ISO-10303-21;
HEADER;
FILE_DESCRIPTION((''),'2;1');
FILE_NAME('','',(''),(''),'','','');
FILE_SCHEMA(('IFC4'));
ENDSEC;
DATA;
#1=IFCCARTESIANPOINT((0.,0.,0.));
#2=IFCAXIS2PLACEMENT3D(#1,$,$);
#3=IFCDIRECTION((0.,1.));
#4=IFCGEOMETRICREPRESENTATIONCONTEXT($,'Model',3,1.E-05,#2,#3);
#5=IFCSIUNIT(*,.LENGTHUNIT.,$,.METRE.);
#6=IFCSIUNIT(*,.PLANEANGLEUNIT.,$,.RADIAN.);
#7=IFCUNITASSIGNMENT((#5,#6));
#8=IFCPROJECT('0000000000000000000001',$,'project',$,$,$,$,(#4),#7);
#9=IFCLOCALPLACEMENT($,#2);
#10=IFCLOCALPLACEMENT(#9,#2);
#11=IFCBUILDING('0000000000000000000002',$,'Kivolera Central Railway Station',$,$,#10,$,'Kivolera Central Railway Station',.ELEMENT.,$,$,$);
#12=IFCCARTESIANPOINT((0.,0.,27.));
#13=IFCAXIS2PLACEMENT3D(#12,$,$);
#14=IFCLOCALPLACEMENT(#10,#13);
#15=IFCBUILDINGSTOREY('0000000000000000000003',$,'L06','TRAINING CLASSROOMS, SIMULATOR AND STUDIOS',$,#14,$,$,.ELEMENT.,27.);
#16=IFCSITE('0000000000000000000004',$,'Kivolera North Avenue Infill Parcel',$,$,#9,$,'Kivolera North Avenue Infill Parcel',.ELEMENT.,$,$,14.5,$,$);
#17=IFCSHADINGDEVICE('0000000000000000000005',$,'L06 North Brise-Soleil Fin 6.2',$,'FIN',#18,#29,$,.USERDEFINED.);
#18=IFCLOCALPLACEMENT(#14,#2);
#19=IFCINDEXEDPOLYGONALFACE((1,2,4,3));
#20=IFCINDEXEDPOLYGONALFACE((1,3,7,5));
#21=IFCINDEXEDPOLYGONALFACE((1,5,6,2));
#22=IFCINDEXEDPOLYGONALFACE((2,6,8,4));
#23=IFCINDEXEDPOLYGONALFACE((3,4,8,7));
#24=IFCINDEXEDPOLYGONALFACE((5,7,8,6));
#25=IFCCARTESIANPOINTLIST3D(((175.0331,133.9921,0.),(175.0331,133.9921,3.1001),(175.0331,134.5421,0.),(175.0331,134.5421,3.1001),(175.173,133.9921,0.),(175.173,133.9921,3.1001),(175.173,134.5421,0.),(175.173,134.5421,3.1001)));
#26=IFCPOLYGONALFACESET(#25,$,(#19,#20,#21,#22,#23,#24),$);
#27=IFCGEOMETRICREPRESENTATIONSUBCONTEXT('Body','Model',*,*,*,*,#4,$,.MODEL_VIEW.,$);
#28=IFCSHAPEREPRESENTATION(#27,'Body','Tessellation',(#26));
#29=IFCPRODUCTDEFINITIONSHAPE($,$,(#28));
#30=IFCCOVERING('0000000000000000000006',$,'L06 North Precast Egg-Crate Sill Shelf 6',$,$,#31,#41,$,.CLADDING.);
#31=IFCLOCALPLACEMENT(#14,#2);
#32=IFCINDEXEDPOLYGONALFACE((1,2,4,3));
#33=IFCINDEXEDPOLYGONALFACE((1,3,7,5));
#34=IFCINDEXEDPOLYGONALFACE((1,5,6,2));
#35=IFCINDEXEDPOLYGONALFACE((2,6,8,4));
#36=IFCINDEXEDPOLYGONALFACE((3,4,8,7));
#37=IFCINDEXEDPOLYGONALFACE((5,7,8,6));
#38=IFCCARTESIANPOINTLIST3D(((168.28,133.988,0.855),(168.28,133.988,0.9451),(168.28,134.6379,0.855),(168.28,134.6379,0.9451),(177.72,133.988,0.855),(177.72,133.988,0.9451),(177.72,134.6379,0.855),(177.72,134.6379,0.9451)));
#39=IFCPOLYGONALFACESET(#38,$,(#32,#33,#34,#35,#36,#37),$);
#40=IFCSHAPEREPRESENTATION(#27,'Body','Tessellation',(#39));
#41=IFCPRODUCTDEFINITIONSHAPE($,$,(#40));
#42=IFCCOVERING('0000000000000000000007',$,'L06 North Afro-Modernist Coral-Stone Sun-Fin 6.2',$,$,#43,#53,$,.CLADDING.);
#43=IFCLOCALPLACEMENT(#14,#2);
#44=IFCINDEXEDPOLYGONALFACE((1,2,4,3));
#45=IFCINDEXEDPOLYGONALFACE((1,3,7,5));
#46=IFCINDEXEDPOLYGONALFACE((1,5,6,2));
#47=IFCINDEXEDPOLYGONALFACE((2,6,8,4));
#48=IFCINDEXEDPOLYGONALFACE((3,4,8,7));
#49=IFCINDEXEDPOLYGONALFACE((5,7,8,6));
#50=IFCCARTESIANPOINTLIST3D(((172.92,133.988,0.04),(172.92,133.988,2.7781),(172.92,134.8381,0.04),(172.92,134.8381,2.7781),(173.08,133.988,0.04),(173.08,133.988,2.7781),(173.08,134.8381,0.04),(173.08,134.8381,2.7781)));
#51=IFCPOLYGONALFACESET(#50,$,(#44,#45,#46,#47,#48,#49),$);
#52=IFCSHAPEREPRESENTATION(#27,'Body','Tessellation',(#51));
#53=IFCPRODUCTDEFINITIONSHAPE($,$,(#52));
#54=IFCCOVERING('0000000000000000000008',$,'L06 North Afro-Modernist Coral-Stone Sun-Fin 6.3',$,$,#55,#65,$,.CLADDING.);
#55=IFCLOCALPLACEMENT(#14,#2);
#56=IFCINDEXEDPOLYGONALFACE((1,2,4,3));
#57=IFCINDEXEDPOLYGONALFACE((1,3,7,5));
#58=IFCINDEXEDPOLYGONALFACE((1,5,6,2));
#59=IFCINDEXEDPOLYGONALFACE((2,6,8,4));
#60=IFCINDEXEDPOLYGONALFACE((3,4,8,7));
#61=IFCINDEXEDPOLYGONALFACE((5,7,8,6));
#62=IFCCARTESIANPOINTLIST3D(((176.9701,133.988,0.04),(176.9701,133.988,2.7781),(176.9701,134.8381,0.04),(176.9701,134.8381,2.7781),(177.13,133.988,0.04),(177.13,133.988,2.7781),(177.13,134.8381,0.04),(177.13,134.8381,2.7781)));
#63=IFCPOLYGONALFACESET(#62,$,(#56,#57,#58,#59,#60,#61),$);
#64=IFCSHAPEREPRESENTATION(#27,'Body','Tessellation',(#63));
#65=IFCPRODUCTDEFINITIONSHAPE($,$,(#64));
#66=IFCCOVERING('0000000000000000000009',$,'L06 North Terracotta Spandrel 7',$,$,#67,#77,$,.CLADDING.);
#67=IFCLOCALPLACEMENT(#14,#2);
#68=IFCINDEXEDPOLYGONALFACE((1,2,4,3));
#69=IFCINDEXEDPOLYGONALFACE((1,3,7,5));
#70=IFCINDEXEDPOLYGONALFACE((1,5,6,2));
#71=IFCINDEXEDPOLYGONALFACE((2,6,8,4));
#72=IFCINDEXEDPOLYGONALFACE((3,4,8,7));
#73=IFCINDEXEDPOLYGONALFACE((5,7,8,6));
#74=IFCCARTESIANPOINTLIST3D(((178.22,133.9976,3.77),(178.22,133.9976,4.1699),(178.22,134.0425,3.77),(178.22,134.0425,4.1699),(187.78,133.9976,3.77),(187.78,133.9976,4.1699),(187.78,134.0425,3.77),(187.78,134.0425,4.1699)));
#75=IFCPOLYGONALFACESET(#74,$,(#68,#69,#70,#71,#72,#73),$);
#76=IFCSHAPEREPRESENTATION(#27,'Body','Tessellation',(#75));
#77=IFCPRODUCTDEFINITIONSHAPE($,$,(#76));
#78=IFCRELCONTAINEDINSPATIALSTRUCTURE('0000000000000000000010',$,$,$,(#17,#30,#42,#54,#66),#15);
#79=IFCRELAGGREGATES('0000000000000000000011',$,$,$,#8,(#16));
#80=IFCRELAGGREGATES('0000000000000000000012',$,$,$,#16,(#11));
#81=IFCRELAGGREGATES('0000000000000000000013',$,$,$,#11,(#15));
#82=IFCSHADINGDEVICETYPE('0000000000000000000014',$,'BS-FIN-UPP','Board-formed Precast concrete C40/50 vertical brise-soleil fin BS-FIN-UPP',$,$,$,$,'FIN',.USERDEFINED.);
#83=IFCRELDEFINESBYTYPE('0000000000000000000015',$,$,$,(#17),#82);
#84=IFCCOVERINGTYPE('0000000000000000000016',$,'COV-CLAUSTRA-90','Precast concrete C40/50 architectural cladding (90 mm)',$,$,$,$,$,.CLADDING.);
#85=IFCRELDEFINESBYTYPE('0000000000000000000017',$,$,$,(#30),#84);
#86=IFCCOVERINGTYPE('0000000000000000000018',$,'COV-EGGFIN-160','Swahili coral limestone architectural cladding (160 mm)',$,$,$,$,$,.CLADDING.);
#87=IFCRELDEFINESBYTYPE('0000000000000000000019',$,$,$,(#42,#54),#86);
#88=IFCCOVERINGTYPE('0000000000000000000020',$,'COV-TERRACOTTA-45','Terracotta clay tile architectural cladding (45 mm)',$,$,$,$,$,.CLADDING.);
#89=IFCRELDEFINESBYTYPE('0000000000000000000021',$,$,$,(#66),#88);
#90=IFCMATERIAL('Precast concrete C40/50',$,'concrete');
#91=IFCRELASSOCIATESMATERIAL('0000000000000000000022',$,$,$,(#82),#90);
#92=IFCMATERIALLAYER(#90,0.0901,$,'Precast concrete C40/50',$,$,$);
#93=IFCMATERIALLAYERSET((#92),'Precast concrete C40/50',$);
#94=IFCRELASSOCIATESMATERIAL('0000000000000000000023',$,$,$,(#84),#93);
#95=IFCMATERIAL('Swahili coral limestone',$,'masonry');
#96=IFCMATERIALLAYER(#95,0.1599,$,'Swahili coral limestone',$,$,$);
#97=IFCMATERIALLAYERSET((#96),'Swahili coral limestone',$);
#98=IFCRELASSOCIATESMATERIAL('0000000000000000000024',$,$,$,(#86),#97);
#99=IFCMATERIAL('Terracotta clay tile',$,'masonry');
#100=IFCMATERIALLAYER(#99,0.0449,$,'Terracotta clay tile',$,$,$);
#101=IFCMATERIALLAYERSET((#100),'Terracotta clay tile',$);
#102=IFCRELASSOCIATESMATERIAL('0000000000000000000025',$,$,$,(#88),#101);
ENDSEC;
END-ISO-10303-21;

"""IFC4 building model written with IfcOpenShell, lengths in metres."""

from ifc_helpers import new_model, si_unit, direction, frame, frame_2d, origin, origin_2d, place, context, subcontext, project, spatial, rectangle, extrude, material, layer, layer_set, type_object, element, save


model = new_model("IFC4")

# Units and contexts
model_context = context("Model", 3, precision=1e-05, world=origin(), true_north=direction((0.0, 1.0)))
body_context = subcontext(model_context, "Body", "Model", "MODEL_VIEW")
ifc_project = project(units=[si_unit("LENGTHUNIT", "METRE"), si_unit("PLANEANGLEUNIT", "RADIAN")], contexts=[model_context])

# Site, building, storey
site_placement = place(None, origin())
site = spatial("IfcSite", under=ifc_project, at=site_placement, Name="Kivolera North Avenue Infill Parcel", LongName="Kivolera North Avenue Infill Parcel", CompositionType="ELEMENT", RefElevation=14.5)
building_placement = place(site_placement, origin())
building = spatial("IfcBuilding", under=site, at=building_placement, Name="Kivolera Central Railway Station", LongName="Kivolera Central Railway Station", CompositionType="ELEMENT")
storey_placement = place(building_placement, frame((0.0, 0.0, 27.0)))
storey = spatial("IfcBuildingStorey", under=building, at=storey_placement, Name="L06", Description="TRAINING CLASSROOMS, SIMULATOR AND STUDIOS", CompositionType="ELEMENT", Elevation=27.0)

# Shared definitions
ifc_material_1 = material(Name="Swahili coral limestone", Category="masonry")

# Shading device
ifc_material_2 = material(Name="Precast concrete C40/50", Category="concrete")
shading_device_type = type_object("IfcShadingDeviceType", Name="BS-FIN-UPP", Description="Board-formed Precast concrete C40/50 vertical brise-soleil fin BS-FIN-UPP", ElementType="FIN", PredefinedType="USERDEFINED", material=ifc_material_2)
shading_device_placement = place(storey_placement, frame((175.103, 134.2671, 0.0), z_axis=(0.0, 0.0, 1.0), x_axis=(1.0, 0.0, 0.0)))
element("IfcShadingDevice", 1, at=shading_device_placement, inside=storey, type_object=shading_device_type, Name="L06 North Brise-Soleil Fin 6.2", ObjectType="FIN", PredefinedType="USERDEFINED", context=body_context, shape_type="SweptSolid", body=[
    extrude(rectangle(XDim=0.1399, YDim=0.55, at=origin_2d()), origin(), (0.0, 0.0, 1.0), 3.1001),
])

# Coverings
ifc_layer_1 = layer(ifc_material_2, 0.0901, Name="Precast concrete C40/50")
ifc_layer_set_1 = layer_set([ifc_layer_1], Name="Precast concrete C40/50")
covering_type_1 = type_object("IfcCoveringType", Name="COV-CLAUSTRA-90", Description="Precast concrete C40/50 architectural cladding (90 mm)", PredefinedType="CLADDING", material=ifc_layer_set_1)
covering_1_placement = place(storey_placement, frame((173.0, 134.313, 0.855), z_axis=(0.0, 0.0, 1.0), x_axis=(1.0, 0.0, 0.0)))
element("IfcCovering", 2, at=covering_1_placement, inside=storey, type_object=covering_type_1, Name="L06 North Precast Egg-Crate Sill Shelf 6", PredefinedType="CLADDING", context=body_context, shape_type="SweptSolid", body=[
    extrude(rectangle(XDim=9.4399, YDim=0.6499, at=origin_2d()), origin(), (0.0, 0.0, 1.0), 0.0901),
])
ifc_layer_2 = layer(ifc_material_1, 0.1599, Name="Swahili coral limestone")
ifc_layer_set_2 = layer_set([ifc_layer_2], Name="Swahili coral limestone")
covering_type_2 = type_object("IfcCoveringType", Name="COV-EGGFIN-160", Description="Swahili coral limestone architectural cladding (160 mm)", PredefinedType="CLADDING", material=ifc_layer_set_2)
for number, where, z_axis, x_axis, name in (
    (3, (173.0, 134.4131, 0.04), (0.0, 0.0, 1.0), (1.0, 0.0, 0.0), "L06 North Afro-Modernist Coral-Stone Sun-Fin 6.2"),
    (4, (177.05, 134.4131, 0.04), (0.0, 0.0, 1.0), (1.0, 0.0, 0.0), "L06 North Afro-Modernist Coral-Stone Sun-Fin 6.3"),
):
    element("IfcCovering", number, at=place(storey_placement, frame(where, z_axis=z_axis, x_axis=x_axis)), inside=storey, type_object=covering_type_2, Name=name, PredefinedType="CLADDING", context=body_context, shape_type="SweptSolid", body=[
        extrude(rectangle(XDim=0.1599, YDim=0.8501, at=origin_2d()), origin(), (0.0, 0.0, 1.0), 2.738),
    ])
ifc_material_3 = material(Name="Terracotta clay tile", Category="masonry")
ifc_layer_3 = layer(ifc_material_3, 0.0449, Name="Terracotta clay tile")
ifc_layer_set_3 = layer_set([ifc_layer_3], Name="Terracotta clay tile")
covering_type_3 = type_object("IfcCoveringType", Name="COV-TERRACOTTA-45", Description="Terracotta clay tile architectural cladding (45 mm)", PredefinedType="CLADDING", material=ifc_layer_set_3)
covering_2_placement = place(storey_placement, frame((178.22, 134.02, 3.77), z_axis=(0.0, 0.0, 1.0), x_axis=(1.0, 0.0, 0.0)))
element("IfcCovering", 5, at=covering_2_placement, inside=storey, type_object=covering_type_3, Name="L06 North Terracotta Spandrel 7", PredefinedType="CLADDING", context=body_context, shape_type="SweptSolid", body=[
    extrude(rectangle(XDim=9.5601, YDim=0.0449, at=frame_2d((4.78, 0.0))), origin(), (0.0, 0.0, 1.0), 0.3999),
])

save(model, "model.ifc")
